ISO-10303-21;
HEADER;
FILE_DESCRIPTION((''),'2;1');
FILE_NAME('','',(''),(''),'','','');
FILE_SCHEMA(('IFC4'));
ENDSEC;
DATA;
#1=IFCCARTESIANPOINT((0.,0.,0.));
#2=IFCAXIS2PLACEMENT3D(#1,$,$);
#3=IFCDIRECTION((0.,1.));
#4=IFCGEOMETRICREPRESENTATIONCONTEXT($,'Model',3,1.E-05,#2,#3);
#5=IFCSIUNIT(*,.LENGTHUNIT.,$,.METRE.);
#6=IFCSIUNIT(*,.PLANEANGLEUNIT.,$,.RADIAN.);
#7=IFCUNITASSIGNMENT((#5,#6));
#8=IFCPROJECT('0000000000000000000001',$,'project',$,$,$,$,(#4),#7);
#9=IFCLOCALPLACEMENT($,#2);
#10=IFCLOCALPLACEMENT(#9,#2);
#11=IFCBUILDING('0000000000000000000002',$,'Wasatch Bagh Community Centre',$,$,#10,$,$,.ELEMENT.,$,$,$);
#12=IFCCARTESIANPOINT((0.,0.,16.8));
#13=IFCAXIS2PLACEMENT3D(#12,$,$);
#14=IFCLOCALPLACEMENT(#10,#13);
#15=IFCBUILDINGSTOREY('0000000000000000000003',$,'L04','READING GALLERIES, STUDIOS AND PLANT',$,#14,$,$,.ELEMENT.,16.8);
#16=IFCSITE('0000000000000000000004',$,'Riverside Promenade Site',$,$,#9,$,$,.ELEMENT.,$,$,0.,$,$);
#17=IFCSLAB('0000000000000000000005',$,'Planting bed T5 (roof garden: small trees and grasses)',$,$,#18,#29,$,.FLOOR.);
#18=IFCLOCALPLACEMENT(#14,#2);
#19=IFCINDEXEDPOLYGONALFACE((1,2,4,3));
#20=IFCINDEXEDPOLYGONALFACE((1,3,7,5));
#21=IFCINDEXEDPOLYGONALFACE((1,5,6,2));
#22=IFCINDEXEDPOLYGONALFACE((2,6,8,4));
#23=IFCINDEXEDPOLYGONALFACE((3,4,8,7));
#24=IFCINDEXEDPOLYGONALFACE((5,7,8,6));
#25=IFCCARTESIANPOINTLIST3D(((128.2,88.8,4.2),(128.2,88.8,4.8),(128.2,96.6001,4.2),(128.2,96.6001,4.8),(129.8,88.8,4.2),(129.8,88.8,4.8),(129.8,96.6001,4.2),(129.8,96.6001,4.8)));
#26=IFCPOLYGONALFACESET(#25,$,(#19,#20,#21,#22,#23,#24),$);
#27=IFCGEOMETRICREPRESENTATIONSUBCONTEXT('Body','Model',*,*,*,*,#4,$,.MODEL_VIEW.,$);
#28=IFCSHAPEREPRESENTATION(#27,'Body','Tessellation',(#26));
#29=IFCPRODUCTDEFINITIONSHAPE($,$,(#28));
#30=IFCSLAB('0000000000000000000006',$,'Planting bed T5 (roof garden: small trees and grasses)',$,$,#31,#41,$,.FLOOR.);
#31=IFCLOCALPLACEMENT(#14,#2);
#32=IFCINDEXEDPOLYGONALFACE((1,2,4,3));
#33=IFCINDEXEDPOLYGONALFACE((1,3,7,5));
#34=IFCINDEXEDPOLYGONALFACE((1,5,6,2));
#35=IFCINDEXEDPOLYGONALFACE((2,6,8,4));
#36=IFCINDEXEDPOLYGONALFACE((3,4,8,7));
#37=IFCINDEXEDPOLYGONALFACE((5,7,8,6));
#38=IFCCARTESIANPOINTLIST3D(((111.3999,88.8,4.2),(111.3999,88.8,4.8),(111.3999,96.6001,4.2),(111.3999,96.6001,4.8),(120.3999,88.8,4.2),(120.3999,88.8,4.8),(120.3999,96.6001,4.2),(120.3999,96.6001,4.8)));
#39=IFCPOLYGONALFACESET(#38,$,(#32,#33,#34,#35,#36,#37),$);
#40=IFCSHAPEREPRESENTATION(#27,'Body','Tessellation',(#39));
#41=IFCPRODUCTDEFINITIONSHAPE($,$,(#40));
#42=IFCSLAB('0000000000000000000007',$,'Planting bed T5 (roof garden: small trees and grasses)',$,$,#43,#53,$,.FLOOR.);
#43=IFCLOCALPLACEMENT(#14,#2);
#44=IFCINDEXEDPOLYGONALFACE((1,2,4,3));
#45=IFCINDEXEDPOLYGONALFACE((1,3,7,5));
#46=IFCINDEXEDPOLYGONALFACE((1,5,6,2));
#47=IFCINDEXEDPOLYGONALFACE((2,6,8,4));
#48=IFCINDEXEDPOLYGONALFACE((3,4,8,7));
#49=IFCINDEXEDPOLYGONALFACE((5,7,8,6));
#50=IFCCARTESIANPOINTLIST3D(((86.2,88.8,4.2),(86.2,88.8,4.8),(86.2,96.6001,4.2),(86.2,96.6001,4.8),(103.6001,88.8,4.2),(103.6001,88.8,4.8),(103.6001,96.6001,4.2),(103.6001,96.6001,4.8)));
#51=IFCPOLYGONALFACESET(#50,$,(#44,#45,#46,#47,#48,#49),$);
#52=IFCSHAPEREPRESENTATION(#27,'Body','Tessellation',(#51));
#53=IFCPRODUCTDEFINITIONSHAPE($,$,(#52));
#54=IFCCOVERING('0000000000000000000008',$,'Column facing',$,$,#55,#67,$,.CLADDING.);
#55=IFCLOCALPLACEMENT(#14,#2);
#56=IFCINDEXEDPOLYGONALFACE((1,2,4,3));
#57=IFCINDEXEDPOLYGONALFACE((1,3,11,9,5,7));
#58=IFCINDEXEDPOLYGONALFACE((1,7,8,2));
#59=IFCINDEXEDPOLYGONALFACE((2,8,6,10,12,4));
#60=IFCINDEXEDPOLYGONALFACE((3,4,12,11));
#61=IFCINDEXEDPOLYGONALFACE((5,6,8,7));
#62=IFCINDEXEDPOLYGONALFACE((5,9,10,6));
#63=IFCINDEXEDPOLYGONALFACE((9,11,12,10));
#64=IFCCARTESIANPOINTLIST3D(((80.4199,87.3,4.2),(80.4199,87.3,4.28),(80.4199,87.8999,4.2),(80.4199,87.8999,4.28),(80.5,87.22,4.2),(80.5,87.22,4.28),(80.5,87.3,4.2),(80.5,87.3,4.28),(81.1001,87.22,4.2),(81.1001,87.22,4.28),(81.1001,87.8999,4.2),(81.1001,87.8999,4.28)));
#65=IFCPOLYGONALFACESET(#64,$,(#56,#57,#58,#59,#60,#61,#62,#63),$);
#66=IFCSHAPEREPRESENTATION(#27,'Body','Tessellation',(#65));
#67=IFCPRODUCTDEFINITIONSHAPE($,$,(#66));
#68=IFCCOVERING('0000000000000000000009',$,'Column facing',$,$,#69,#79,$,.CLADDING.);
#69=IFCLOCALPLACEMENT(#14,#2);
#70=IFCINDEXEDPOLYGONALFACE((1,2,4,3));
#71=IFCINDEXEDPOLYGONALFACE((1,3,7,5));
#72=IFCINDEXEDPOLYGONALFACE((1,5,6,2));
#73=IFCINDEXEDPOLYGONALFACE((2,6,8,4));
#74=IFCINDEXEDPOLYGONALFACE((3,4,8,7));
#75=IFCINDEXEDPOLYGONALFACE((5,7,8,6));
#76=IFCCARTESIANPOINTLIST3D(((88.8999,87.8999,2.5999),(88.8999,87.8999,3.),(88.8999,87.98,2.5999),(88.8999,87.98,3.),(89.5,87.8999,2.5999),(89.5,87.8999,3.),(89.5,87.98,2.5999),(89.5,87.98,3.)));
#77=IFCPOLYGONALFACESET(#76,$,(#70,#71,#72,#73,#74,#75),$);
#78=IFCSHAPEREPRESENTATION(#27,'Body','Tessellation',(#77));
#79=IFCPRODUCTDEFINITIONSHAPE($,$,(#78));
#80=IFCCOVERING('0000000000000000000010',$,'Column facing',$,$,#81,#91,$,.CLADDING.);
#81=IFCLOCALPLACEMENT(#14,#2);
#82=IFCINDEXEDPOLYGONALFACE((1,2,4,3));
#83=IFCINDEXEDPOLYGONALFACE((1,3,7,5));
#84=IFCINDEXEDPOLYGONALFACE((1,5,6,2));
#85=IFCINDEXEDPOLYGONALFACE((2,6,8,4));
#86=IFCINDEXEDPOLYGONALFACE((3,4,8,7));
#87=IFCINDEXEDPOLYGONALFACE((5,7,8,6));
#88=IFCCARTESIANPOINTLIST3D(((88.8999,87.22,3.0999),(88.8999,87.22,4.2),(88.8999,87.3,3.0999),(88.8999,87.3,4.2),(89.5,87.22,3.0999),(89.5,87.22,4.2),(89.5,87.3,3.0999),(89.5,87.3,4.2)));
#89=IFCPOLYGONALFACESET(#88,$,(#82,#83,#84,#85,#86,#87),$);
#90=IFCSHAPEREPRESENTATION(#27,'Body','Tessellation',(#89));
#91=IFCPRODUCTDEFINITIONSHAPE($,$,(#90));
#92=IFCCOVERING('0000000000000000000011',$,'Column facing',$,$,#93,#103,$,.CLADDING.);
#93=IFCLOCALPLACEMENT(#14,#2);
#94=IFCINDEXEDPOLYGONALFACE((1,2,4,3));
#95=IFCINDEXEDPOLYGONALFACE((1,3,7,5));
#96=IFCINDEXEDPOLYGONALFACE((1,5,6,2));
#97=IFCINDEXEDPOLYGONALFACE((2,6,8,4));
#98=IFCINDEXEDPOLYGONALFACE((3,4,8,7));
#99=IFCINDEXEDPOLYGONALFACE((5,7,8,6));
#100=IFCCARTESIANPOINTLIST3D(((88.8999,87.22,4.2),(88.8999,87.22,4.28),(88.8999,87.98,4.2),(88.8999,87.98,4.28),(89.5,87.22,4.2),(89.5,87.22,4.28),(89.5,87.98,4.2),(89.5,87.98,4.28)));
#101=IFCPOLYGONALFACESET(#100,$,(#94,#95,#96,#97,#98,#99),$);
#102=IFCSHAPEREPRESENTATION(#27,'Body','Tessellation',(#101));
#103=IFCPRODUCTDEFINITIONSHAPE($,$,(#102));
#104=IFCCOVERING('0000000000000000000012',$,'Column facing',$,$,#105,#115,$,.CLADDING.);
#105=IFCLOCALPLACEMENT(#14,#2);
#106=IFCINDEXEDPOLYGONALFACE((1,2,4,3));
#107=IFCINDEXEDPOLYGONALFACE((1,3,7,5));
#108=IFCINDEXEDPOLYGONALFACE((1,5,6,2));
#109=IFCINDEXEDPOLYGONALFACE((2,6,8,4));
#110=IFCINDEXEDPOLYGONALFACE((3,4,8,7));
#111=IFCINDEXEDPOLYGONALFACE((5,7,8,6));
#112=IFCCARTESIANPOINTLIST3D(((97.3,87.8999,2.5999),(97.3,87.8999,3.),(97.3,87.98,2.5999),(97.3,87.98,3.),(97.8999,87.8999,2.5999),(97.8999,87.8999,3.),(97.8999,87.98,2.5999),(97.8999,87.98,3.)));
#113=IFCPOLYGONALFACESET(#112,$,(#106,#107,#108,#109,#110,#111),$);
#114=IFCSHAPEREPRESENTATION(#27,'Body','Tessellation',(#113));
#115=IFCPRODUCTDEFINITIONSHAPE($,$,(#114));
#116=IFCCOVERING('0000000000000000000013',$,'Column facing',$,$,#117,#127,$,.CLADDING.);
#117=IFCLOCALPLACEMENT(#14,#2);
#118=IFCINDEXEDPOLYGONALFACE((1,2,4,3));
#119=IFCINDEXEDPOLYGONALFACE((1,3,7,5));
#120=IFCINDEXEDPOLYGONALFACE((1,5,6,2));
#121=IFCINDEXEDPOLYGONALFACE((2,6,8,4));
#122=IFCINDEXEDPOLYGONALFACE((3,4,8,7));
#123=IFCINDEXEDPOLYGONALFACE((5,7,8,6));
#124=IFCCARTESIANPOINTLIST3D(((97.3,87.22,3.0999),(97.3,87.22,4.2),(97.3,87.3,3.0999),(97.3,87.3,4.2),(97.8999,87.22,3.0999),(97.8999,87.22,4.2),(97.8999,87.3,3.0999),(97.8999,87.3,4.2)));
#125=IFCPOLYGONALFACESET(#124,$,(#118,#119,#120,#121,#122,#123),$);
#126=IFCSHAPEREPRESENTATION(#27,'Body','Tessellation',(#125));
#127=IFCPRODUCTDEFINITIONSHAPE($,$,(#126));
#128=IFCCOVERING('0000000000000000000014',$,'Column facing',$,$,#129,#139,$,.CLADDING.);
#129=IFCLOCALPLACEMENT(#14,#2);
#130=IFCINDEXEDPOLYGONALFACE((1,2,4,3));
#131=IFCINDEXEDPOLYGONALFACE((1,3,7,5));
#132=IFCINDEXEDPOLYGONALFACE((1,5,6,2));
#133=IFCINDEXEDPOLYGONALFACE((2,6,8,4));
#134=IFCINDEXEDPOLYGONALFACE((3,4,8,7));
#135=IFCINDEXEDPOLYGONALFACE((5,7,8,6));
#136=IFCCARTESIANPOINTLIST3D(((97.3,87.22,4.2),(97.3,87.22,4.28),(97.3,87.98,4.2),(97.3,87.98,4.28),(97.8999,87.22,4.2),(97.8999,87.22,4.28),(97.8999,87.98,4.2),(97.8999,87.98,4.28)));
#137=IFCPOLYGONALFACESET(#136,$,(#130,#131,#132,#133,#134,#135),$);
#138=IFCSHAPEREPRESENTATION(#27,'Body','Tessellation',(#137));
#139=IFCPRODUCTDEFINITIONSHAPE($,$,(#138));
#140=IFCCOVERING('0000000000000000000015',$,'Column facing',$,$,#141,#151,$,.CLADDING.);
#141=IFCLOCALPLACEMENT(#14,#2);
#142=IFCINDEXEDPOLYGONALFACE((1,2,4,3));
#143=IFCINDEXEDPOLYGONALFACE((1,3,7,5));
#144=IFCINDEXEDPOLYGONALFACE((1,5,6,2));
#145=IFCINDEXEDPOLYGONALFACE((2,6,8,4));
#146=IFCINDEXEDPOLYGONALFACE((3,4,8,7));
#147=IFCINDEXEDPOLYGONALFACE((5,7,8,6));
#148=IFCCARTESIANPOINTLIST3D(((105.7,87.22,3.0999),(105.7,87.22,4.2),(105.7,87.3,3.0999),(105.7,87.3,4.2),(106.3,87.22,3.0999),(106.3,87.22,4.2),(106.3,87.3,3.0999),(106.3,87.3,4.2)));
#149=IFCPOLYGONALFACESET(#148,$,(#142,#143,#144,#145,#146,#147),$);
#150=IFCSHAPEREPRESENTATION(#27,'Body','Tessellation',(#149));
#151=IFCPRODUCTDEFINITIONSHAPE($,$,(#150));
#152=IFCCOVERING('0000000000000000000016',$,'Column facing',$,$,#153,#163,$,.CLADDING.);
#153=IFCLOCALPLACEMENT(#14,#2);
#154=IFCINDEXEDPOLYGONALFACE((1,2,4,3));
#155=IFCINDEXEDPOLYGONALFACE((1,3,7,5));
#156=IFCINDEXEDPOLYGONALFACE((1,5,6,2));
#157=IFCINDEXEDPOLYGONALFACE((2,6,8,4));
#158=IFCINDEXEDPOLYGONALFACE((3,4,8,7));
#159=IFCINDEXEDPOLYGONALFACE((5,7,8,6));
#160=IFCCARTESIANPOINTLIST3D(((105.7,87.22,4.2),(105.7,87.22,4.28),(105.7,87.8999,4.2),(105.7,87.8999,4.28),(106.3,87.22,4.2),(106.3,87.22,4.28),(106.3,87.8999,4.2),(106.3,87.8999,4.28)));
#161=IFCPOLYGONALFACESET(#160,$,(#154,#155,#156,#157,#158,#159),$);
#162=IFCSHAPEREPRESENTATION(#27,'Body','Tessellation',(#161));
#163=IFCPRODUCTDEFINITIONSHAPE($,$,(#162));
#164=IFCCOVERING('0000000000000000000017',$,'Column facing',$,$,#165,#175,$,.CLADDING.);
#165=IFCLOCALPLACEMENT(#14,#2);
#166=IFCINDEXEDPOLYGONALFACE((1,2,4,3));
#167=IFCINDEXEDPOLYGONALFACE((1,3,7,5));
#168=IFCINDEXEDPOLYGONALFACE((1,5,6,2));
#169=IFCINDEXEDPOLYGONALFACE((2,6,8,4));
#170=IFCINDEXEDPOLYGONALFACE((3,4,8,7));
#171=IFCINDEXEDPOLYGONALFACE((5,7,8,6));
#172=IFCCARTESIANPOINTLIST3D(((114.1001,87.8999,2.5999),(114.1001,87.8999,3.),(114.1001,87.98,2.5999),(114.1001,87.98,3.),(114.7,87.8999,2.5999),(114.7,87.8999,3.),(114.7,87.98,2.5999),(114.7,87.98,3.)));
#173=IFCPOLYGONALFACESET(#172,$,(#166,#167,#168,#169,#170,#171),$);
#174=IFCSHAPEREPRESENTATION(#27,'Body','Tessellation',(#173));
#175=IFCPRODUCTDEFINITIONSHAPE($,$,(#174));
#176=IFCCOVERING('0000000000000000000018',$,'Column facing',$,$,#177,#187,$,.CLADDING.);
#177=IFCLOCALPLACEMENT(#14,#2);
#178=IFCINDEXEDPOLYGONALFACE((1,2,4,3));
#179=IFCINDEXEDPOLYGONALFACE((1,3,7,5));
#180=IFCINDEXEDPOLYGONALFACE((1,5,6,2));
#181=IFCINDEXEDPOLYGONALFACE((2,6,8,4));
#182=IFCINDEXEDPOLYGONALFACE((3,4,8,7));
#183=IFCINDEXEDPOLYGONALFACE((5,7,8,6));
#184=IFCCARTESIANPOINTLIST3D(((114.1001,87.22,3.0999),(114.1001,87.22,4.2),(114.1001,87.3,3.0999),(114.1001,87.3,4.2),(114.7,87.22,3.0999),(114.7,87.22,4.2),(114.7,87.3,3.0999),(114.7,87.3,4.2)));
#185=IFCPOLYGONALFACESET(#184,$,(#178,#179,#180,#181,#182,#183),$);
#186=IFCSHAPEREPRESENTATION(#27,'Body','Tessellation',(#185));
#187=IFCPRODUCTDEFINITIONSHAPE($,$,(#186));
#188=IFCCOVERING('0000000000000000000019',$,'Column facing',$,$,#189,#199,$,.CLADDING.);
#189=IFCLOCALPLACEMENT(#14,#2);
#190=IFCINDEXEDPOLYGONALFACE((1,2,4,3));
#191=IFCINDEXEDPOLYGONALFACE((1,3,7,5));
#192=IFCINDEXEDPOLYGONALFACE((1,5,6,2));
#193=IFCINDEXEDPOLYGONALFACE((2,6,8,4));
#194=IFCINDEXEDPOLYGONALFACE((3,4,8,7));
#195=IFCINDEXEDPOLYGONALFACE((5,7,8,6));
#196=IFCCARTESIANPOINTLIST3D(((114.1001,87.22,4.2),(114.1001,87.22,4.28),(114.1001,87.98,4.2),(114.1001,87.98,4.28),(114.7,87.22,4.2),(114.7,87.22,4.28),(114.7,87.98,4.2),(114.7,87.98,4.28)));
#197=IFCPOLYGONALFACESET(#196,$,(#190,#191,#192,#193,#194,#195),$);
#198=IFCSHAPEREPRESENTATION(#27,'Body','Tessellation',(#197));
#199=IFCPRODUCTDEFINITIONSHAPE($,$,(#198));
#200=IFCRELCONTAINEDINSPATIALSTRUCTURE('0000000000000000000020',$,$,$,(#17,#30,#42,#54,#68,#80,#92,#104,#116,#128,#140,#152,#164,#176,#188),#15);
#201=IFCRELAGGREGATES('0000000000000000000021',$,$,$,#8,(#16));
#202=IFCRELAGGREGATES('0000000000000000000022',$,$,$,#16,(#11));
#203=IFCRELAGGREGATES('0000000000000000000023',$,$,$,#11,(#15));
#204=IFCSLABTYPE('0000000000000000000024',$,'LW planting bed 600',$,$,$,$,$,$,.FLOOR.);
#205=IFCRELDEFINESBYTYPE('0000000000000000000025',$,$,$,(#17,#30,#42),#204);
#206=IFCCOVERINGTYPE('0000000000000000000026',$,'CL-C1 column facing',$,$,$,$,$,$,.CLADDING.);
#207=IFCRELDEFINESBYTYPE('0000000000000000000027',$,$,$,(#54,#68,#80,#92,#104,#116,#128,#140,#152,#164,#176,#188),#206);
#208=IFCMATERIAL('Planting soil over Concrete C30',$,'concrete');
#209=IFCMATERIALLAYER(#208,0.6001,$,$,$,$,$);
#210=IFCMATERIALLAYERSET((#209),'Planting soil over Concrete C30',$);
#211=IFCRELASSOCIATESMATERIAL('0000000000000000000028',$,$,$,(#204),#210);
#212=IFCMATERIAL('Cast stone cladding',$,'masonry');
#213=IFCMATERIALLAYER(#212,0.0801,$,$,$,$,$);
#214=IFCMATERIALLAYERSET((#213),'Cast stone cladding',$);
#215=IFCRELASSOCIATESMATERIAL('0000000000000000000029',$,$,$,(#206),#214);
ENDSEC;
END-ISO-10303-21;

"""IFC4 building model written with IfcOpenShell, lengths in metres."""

from ifc_helpers import new_model, si_unit, direction, frame, origin, place, context, subcontext, project, spatial, polyline, outline, extrude, material, layer, layer_set, type_object, element, save


model = new_model("IFC4")

# Units and contexts
model_context = context("Model", 3, precision=1e-05, world=origin(), true_north=direction((0.0, 1.0)))
body_context = subcontext(model_context, "Body", "Model", "MODEL_VIEW")
ifc_project = project(units=[si_unit("LENGTHUNIT", "METRE"), si_unit("PLANEANGLEUNIT", "RADIAN")], contexts=[model_context])

# Site, building, storey
site_placement = place(None, origin())
site = spatial("IfcSite", under=ifc_project, at=site_placement, Name="Riverside Promenade Site", CompositionType="ELEMENT", RefElevation=0.0)
building_placement = place(site_placement, origin())
building = spatial("IfcBuilding", under=site, at=building_placement, Name="Wasatch Bagh Community Centre", CompositionType="ELEMENT")
storey_placement = place(building_placement, frame((0.0, 0.0, 16.8)))
storey = spatial("IfcBuildingStorey", under=building, at=storey_placement, Name="L04", Description="READING GALLERIES, STUDIOS AND PLANT", CompositionType="ELEMENT", Elevation=16.8)

# Slabs
ifc_material_1 = material(Name="Planting soil over Concrete C30", Category="concrete")
ifc_layer_1 = layer(ifc_material_1, 0.6001)
ifc_layer_set_1 = layer_set([ifc_layer_1], Name="Planting soil over Concrete C30")
slab_type = type_object("IfcSlabType", Name="LW planting bed 600", PredefinedType="FLOOR", material=ifc_layer_set_1)
slab_1_placement = place(storey_placement, frame((0.0, 0.0, 4.2)))
element("IfcSlab", 1, at=slab_1_placement, inside=storey, type_object=slab_type, Name="Planting bed T5 (roof garden: small trees and grasses)", PredefinedType="FLOOR", context=body_context, shape_type="SweptSolid", body=[
    extrude(outline(polyline([(128.2, 88.8), (129.8, 88.8), (129.8, 96.6001), (128.2, 96.6001), (128.2, 88.8)])), origin(), (0.0, 0.0, 1.0), 0.6001),
])
slab_2_placement = place(storey_placement, frame((0.0, 0.0, 4.2)))
element("IfcSlab", 2, at=slab_2_placement, inside=storey, type_object=slab_type, Name="Planting bed T5 (roof garden: small trees and grasses)", PredefinedType="FLOOR", context=body_context, shape_type="SweptSolid", body=[
    extrude(outline(polyline([(111.3999, 88.8), (120.3999, 88.8), (120.3999, 96.6001), (111.3999, 96.6001), (111.3999, 88.8)])), origin(), (0.0, 0.0, 1.0), 0.6001),
])
slab_3_placement = place(storey_placement, frame((0.0, 0.0, 4.2)))
element("IfcSlab", 3, at=slab_3_placement, inside=storey, type_object=slab_type, Name="Planting bed T5 (roof garden: small trees and grasses)", PredefinedType="FLOOR", context=body_context, shape_type="SweptSolid", body=[
    extrude(outline(polyline([(86.2, 88.8), (103.6001, 88.8), (103.6001, 96.6001), (86.2, 96.6001), (86.2, 88.8)])), origin(), (0.0, 0.0, 1.0), 0.6001),
])

# Coverings
ifc_material_2 = material(Name="Cast stone cladding", Category="masonry")
ifc_layer_2 = layer(ifc_material_2, 0.0801)
ifc_layer_set_2 = layer_set([ifc_layer_2], Name="Cast stone cladding")
covering_type = type_object("IfcCoveringType", Name="CL-C1 column facing", PredefinedType="CLADDING", material=ifc_layer_set_2)
covering_1_placement = place(storey_placement, frame((0.0, 0.0, 4.2)))
element("IfcCovering", 4, at=covering_1_placement, inside=storey, type_object=covering_type, Name="Column facing", PredefinedType="CLADDING", context=body_context, shape_type="SweptSolid", body=[
    extrude(outline(polyline([(81.1001, 87.22), (80.5, 87.22), (80.5, 87.3), (80.4199, 87.3), (80.4199, 87.8999), (81.1001, 87.8999), (81.1001, 87.22)])), origin(), (0.0, 0.0, 1.0), 0.0801),
])
covering_2_placement = place(storey_placement, frame((0.0, 0.0, 2.5999)))
element("IfcCovering", 5, at=covering_2_placement, inside=storey, type_object=covering_type, Name="Column facing", PredefinedType="CLADDING", context=body_context, shape_type="SweptSolid", body=[
    extrude(outline(polyline([(89.5, 87.8999), (88.8999, 87.8999), (88.8999, 87.98), (89.5, 87.98), (89.5, 87.8999)])), origin(), (0.0, 0.0, 1.0), 0.4001),
])
covering_3_placement = place(storey_placement, frame((0.0, 0.0, 3.0999)))
element("IfcCovering", 6, at=covering_3_placement, inside=storey, type_object=covering_type, Name="Column facing", PredefinedType="CLADDING", context=body_context, shape_type="SweptSolid", body=[
    extrude(outline(polyline([(88.8999, 87.3), (89.5, 87.3), (89.5, 87.22), (88.8999, 87.22), (88.8999, 87.3)])), origin(), (0.0, 0.0, 1.0), 1.1001),
])
covering_4_placement = place(storey_placement, frame((0.0, 0.0, 4.2)))
element("IfcCovering", 7, at=covering_4_placement, inside=storey, type_object=covering_type, Name="Column facing", PredefinedType="CLADDING", context=body_context, shape_type="SweptSolid", body=[
    extrude(outline(polyline([(89.5, 87.22), (88.8999, 87.22), (88.8999, 87.98), (89.5, 87.98), (89.5, 87.22)])), origin(), (0.0, 0.0, 1.0), 0.0801),
])
covering_5_placement = place(storey_placement, frame((0.0, 0.0, 2.5999)))
element("IfcCovering", 8, at=covering_5_placement, inside=storey, type_object=covering_type, Name="Column facing", PredefinedType="CLADDING", context=body_context, shape_type="SweptSolid", body=[
    extrude(outline(polyline([(97.8999, 87.8999), (97.3, 87.8999), (97.3, 87.98), (97.8999, 87.98), (97.8999, 87.8999)])), origin(), (0.0, 0.0, 1.0), 0.4001),
])
covering_6_placement = place(storey_placement, frame((0.0, 0.0, 3.0999)))
element("IfcCovering", 9, at=covering_6_placement, inside=storey, type_object=covering_type, Name="Column facing", PredefinedType="CLADDING", context=body_context, shape_type="SweptSolid", body=[
    extrude(outline(polyline([(97.3, 87.3), (97.8999, 87.3), (97.8999, 87.22), (97.3, 87.22), (97.3, 87.3)])), origin(), (0.0, 0.0, 1.0), 1.1001),
])
covering_7_placement = place(storey_placement, frame((0.0, 0.0, 4.2)))
element("IfcCovering", 10, at=covering_7_placement, inside=storey, type_object=covering_type, Name="Column facing", PredefinedType="CLADDING", context=body_context, shape_type="SweptSolid", body=[
    extrude(outline(polyline([(97.8999, 87.22), (97.3, 87.22), (97.3, 87.98), (97.8999, 87.98), (97.8999, 87.22)])), origin(), (0.0, 0.0, 1.0), 0.0801),
])
covering_8_placement = place(storey_placement, frame((0.0, 0.0, 3.0999)))
element("IfcCovering", 11, at=covering_8_placement, inside=storey, type_object=covering_type, Name="Column facing", PredefinedType="CLADDING", context=body_context, shape_type="SweptSolid", body=[
    extrude(outline(polyline([(105.7, 87.3), (106.3, 87.3), (106.3, 87.22), (105.7, 87.22), (105.7, 87.3)])), origin(), (0.0, 0.0, 1.0), 1.1001),
])
covering_9_placement = place(storey_placement, frame((0.0, 0.0, 4.2)))
element("IfcCovering", 12, at=covering_9_placement, inside=storey, type_object=covering_type, Name="Column facing", PredefinedType="CLADDING", context=body_context, shape_type="SweptSolid", body=[
    extrude(outline(polyline([(106.3, 87.22), (105.7, 87.22), (105.7, 87.8999), (106.3, 87.8999), (106.3, 87.22)])), origin(), (0.0, 0.0, 1.0), 0.0801),
])
covering_10_placement = place(storey_placement, frame((0.0, 0.0, 2.5999)))
element("IfcCovering", 13, at=covering_10_placement, inside=storey, type_object=covering_type, Name="Column facing", PredefinedType="CLADDING", context=body_context, shape_type="SweptSolid", body=[
    extrude(outline(polyline([(114.7, 87.8999), (114.1001, 87.8999), (114.1001, 87.98), (114.7, 87.98), (114.7, 87.8999)])), origin(), (0.0, 0.0, 1.0), 0.4001),
])
covering_11_placement = place(storey_placement, frame((0.0, 0.0, 3.0999)))
element("IfcCovering", 14, at=covering_11_placement, inside=storey, type_object=covering_type, Name="Column facing", PredefinedType="CLADDING", context=body_context, shape_type="SweptSolid", body=[
    extrude(outline(polyline([(114.1001, 87.3), (114.7, 87.3), (114.7, 87.22), (114.1001, 87.22), (114.1001, 87.3)])), origin(), (0.0, 0.0, 1.0), 1.1001),
])
covering_12_placement = place(storey_placement, frame((0.0, 0.0, 4.2)))
element("IfcCovering", 15, at=covering_12_placement, inside=storey, type_object=covering_type, Name="Column facing", PredefinedType="CLADDING", context=body_context, shape_type="SweptSolid", body=[
    extrude(outline(polyline([(114.7, 87.22), (114.1001, 87.22), (114.1001, 87.98), (114.7, 87.98), (114.7, 87.22)])), origin(), (0.0, 0.0, 1.0), 0.0801),
])

save(model, "model.ifc")
